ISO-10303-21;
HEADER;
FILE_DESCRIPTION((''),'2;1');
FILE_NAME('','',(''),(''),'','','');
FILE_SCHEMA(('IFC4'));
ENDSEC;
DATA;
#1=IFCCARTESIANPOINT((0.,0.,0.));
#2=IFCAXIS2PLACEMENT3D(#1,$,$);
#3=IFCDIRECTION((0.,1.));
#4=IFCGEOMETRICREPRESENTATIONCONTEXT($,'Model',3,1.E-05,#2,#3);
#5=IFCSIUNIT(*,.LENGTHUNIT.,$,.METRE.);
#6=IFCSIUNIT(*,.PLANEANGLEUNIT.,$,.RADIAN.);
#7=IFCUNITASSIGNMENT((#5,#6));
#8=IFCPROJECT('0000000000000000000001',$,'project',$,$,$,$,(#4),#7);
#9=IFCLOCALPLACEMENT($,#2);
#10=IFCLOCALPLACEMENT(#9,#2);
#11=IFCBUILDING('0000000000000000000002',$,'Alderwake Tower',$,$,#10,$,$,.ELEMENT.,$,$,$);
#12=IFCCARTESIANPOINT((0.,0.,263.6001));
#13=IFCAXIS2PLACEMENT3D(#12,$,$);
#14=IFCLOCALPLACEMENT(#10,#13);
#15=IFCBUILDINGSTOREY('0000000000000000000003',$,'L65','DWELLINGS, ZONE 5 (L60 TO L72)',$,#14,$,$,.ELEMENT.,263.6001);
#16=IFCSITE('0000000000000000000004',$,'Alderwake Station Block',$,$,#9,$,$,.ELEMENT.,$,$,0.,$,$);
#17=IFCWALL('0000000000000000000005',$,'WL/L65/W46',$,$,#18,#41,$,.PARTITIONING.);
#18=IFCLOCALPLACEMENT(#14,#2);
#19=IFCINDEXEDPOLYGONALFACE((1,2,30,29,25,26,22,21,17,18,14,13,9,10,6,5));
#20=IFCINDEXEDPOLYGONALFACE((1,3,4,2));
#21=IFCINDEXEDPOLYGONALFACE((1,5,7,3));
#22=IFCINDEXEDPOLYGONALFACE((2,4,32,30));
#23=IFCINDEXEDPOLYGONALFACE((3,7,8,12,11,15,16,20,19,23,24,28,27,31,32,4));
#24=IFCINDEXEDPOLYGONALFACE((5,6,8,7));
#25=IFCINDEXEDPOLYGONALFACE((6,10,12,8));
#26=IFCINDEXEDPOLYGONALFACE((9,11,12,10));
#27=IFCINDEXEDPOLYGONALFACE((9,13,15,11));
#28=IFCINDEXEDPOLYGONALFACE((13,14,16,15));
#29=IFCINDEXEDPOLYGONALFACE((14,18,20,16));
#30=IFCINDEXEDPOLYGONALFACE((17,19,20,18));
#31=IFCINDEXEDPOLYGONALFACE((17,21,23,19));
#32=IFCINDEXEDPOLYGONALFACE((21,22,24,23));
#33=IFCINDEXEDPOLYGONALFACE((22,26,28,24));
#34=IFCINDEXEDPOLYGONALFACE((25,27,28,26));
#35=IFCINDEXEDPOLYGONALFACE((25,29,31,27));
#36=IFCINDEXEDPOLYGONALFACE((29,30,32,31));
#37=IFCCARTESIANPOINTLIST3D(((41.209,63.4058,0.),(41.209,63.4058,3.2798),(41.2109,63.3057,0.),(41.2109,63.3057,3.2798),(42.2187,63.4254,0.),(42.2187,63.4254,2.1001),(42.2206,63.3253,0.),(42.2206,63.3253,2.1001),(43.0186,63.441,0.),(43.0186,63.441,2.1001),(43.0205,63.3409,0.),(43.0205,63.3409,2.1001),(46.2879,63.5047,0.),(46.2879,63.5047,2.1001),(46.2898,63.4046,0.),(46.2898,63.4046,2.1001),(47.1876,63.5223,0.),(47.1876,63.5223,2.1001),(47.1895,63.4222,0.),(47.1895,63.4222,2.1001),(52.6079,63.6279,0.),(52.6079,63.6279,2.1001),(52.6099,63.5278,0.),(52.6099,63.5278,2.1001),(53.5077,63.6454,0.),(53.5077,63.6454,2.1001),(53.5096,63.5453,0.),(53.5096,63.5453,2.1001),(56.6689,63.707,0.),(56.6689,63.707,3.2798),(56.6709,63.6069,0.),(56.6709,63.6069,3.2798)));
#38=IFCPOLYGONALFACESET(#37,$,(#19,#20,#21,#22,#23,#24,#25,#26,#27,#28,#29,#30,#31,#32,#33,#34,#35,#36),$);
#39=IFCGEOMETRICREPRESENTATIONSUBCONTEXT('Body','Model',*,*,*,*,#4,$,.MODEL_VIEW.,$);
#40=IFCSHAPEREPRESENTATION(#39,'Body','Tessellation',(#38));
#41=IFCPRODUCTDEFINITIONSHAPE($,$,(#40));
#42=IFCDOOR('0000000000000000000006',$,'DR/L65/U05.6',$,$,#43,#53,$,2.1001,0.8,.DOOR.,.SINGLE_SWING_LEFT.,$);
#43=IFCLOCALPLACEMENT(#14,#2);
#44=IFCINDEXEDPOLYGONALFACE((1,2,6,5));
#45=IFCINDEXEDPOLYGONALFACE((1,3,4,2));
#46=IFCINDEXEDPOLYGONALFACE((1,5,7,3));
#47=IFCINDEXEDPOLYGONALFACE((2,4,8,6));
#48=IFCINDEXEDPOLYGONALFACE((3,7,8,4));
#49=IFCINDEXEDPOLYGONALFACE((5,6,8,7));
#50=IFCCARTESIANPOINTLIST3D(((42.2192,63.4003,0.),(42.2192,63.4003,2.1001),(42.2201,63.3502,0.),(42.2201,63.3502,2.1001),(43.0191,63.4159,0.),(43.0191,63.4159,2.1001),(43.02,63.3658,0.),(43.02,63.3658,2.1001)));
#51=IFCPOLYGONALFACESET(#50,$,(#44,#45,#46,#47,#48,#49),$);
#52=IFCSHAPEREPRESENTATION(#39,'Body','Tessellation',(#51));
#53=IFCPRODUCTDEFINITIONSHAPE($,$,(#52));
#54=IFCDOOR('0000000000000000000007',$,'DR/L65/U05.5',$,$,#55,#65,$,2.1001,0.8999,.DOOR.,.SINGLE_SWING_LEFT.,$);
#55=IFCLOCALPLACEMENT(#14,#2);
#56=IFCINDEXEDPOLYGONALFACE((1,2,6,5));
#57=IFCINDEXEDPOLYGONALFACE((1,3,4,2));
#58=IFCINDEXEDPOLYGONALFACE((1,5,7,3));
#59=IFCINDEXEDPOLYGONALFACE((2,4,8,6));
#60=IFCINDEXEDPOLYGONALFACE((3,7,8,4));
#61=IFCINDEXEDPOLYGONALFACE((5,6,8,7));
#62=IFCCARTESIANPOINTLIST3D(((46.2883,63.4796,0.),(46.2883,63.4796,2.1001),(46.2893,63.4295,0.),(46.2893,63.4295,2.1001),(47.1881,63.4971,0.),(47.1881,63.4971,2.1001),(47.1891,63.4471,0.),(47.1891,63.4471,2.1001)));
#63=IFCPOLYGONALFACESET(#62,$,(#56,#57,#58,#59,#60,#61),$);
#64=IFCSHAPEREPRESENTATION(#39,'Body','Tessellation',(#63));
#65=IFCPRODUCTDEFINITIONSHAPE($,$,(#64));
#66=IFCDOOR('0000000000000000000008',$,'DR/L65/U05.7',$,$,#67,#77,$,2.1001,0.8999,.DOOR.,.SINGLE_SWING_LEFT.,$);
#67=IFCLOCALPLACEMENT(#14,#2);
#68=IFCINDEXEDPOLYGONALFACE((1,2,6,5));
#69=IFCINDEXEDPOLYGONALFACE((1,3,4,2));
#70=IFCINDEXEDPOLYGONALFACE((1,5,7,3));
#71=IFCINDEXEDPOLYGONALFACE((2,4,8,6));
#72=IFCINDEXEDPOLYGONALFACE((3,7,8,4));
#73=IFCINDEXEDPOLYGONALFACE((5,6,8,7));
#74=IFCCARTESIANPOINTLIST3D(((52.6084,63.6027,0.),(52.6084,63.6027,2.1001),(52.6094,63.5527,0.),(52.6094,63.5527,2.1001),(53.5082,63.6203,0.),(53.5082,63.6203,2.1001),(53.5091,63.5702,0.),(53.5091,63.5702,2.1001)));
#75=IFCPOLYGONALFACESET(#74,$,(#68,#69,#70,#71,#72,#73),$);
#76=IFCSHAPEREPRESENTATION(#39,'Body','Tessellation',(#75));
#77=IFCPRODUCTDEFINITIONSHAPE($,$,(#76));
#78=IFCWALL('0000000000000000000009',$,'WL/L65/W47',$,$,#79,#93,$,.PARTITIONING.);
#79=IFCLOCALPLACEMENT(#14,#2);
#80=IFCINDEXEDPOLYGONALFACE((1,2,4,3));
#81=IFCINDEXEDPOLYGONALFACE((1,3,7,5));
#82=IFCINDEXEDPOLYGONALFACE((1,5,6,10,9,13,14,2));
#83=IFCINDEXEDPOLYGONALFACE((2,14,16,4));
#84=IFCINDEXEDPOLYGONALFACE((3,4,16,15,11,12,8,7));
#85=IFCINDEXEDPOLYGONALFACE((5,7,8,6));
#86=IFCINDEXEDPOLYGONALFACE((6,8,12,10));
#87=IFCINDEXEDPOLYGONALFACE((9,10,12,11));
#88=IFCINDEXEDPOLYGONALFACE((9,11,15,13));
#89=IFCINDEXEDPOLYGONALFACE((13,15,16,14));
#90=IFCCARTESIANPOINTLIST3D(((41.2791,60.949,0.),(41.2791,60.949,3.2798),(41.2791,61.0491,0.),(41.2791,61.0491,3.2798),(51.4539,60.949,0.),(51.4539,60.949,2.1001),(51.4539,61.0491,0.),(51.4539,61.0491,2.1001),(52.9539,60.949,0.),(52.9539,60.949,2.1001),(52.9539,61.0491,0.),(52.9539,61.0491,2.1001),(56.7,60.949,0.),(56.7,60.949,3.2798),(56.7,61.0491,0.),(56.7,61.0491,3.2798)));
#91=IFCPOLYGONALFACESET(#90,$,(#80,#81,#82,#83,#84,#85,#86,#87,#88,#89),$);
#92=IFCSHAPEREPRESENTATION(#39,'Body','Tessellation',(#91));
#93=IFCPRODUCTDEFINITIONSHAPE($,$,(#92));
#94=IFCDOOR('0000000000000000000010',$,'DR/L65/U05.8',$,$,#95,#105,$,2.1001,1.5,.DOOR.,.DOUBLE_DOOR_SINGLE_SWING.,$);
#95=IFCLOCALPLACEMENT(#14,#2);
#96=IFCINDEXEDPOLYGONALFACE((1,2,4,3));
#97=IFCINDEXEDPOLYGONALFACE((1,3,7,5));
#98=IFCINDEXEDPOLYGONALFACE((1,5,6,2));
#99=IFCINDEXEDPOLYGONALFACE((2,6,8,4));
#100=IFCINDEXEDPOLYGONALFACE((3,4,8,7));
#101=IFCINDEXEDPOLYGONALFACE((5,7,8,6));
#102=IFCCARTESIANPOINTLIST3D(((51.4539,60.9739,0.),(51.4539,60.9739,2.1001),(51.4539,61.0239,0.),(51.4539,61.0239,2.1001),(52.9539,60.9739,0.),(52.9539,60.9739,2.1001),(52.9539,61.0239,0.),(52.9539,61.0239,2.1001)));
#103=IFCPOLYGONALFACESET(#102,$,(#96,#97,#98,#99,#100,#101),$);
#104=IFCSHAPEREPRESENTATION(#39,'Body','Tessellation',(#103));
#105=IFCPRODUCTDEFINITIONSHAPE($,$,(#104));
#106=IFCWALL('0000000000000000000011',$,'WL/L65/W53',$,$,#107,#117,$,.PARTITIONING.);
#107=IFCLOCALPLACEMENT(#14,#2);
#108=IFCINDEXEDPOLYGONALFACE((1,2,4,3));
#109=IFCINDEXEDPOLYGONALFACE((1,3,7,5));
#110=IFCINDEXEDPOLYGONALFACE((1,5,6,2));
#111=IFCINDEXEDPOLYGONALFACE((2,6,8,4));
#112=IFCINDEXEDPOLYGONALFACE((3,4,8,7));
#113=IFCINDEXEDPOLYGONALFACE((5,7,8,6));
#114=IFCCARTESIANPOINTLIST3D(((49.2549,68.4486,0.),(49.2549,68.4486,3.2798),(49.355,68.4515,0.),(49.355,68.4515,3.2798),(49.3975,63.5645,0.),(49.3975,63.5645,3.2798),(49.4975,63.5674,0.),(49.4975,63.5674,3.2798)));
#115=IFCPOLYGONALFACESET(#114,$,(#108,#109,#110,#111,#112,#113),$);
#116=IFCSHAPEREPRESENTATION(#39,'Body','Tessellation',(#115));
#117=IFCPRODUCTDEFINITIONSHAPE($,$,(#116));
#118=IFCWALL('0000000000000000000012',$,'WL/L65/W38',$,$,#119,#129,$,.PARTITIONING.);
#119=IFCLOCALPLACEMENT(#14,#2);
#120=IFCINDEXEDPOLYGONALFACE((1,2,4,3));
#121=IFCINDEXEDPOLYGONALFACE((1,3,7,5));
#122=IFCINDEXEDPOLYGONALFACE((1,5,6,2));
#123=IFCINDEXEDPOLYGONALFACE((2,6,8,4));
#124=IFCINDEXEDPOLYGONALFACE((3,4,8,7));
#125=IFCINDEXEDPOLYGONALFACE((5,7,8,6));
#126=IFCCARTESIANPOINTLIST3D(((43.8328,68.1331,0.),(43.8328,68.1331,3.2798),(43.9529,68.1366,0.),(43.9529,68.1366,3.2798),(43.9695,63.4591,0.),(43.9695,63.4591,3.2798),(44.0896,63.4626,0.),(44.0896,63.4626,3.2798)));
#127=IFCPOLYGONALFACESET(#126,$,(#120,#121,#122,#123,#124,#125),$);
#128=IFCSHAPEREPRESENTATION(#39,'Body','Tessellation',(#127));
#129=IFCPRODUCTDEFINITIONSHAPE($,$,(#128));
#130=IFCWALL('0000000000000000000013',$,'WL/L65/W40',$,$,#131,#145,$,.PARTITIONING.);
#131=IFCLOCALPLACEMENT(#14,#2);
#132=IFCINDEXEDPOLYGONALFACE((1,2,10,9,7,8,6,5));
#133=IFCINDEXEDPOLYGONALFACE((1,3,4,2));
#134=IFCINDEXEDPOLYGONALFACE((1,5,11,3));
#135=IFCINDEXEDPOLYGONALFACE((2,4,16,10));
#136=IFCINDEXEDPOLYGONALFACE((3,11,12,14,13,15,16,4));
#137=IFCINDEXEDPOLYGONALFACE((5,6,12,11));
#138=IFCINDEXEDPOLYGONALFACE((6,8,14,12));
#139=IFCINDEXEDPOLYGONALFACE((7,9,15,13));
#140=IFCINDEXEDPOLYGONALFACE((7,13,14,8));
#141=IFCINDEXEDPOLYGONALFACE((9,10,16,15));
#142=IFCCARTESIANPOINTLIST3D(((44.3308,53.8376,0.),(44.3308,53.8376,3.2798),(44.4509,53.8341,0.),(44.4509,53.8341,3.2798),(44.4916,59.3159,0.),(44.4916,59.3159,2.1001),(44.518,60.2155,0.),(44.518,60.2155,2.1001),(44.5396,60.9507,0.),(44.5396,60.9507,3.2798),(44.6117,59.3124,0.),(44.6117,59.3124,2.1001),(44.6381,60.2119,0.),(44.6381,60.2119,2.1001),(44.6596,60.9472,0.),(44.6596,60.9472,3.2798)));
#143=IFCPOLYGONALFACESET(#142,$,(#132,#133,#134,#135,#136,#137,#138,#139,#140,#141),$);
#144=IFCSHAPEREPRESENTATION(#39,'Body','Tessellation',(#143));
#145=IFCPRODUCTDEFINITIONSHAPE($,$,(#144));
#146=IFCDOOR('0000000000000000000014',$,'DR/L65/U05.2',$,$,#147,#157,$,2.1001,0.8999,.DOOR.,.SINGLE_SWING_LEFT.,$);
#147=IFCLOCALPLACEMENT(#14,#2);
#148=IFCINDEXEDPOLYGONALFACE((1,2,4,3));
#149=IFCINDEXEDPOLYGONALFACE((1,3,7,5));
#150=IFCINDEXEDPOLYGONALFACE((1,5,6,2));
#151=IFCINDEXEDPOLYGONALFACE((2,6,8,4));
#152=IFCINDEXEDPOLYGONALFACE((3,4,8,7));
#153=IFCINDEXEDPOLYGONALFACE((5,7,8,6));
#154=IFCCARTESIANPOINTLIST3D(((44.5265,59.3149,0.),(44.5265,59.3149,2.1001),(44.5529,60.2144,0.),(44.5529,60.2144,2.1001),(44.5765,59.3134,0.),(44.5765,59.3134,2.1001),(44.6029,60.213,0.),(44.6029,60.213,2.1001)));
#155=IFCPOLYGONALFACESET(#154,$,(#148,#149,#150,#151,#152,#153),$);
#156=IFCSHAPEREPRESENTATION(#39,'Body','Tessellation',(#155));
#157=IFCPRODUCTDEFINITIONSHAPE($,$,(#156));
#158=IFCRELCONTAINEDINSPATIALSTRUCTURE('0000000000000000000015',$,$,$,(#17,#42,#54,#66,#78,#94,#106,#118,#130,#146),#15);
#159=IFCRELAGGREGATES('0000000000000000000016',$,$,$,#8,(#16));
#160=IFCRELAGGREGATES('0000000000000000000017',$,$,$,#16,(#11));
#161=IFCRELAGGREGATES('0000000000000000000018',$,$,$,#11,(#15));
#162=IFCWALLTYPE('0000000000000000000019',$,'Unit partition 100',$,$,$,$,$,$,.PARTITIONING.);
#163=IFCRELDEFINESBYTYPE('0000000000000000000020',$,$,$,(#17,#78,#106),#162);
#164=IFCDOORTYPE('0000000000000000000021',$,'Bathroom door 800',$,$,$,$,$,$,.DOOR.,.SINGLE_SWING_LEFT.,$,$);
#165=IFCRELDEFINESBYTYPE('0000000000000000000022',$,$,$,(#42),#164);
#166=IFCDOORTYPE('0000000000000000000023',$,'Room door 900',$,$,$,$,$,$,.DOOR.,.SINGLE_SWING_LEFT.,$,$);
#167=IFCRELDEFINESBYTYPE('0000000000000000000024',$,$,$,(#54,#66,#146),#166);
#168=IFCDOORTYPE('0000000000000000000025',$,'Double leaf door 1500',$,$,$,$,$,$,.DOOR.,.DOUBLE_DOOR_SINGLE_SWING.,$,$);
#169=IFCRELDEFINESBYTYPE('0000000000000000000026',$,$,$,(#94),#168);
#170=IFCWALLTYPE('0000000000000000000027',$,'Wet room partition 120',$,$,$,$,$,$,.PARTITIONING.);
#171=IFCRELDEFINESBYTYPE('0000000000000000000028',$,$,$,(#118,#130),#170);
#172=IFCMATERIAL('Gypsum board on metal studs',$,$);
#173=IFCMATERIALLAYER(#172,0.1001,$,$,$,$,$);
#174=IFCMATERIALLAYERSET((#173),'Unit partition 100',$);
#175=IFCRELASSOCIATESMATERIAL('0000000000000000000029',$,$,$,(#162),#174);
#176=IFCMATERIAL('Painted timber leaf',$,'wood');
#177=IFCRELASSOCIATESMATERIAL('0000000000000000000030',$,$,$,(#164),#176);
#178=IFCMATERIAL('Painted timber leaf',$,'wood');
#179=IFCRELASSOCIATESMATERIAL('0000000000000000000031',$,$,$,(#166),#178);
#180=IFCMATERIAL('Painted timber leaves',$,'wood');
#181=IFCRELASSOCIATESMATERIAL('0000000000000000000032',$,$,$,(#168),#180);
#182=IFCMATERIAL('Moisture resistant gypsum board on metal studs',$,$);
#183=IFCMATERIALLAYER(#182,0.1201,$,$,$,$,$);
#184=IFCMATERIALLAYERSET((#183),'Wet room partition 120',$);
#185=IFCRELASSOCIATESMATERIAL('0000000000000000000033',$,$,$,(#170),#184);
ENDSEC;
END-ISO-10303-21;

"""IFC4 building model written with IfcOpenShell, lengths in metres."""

from ifc_helpers import new_model, si_unit, direction, frame, frame_2d, origin, place, context, subcontext, project, spatial, rectangle, extrude, material, layer, layer_set, type_object, element, fill, save


model = new_model("IFC4")

# Units and contexts
model_context = context("Model", 3, precision=1e-05, world=origin(), true_north=direction((0.0, 1.0)))
body_context = subcontext(model_context, "Body", "Model", "MODEL_VIEW")
ifc_project = project(units=[si_unit("LENGTHUNIT", "METRE"), si_unit("PLANEANGLEUNIT", "RADIAN")], contexts=[model_context])

# Site, building, storey
site_placement = place(None, origin())
site = spatial("IfcSite", under=ifc_project, at=site_placement, Name="Alderwake Station Block", CompositionType="ELEMENT", RefElevation=0.0)
building_placement = place(site_placement, origin())
building = spatial("IfcBuilding", under=site, at=building_placement, Name="Alderwake Tower", CompositionType="ELEMENT")
storey_placement = place(building_placement, frame((0.0, 0.0, 263.6001)))
storey = spatial("IfcBuildingStorey", under=building, at=storey_placement, Name="L65", Description="DWELLINGS, ZONE 5 (L60 TO L72)", CompositionType="ELEMENT", Elevation=263.6001)

# Wall, openings, doors
ifc_material_1 = material(Name="Gypsum board on metal studs")
ifc_layer_1 = layer(ifc_material_1, 0.1001)
ifc_layer_set_1 = layer_set([ifc_layer_1], Name="Unit partition 100")
wall_type_1 = type_object("IfcWallType", Name="Unit partition 100", PredefinedType="PARTITIONING", material=ifc_layer_set_1)
wall_1_placement = place(storey_placement, frame((41.21, 63.3557, 0.0), z_axis=(0.0, 0.0, 1.0), x_axis=(0.99981, 0.019483, 0.0)))
wall_1 = element("IfcWall", 1, at=wall_1_placement, inside=storey, type_object=wall_type_1, Name="WL/L65/W46", PredefinedType="PARTITIONING", context=body_context, shape_type="SweptSolid", body=[
    extrude(rectangle(XDim=15.4629, YDim=0.1001, at=frame_2d((7.7314, 0.0))), origin(), (0.0, 0.0, 1.0), 3.2798),
])
opening_1_placement = place(wall_1_placement, frame((5.0798, 0.0, 0.0)))
opening_1 = element("IfcOpeningElement", 2, at=opening_1_placement, cuts=wall_1, PredefinedType="OPENING", context=body_context, shape_type="SweptSolid", body=[
    extrude(rectangle(XDim=0.8999, YDim=2.1001, at=frame_2d((0.45, 1.05))), frame((0.0, 0.0601, 0.0), z_axis=(0.0, -1.0, 0.0), x_axis=(1.0, 0.0, 0.0)), (0.0, 0.0, 1.0), 0.1201),
])
opening_2_placement = place(wall_1_placement, frame((1.01, 0.0, 0.0)))
opening_2 = element("IfcOpeningElement", 3, at=opening_2_placement, cuts=wall_1, PredefinedType="OPENING", context=body_context, shape_type="SweptSolid", body=[
    extrude(rectangle(XDim=0.8, YDim=2.1001, at=frame_2d((0.3999, 1.05))), frame((0.0, 0.0601, 0.0), z_axis=(0.0, -1.0, 0.0), x_axis=(1.0, 0.0, 0.0)), (0.0, 0.0, 1.0), 0.1201),
])
opening_3_placement = place(wall_1_placement, frame((11.4011, 0.0, 0.0)))
opening_3 = element("IfcOpeningElement", 4, at=opening_3_placement, cuts=wall_1, PredefinedType="OPENING", context=body_context, shape_type="SweptSolid", body=[
    extrude(rectangle(XDim=0.8999, YDim=2.1001, at=frame_2d((0.45, 1.05))), frame((0.0, 0.0601, 0.0), z_axis=(0.0, -1.0, 0.0), x_axis=(1.0, 0.0, 0.0)), (0.0, 0.0, 1.0), 0.1201),
])
ifc_material_2 = material(Name="Painted timber leaf", Category="wood")
door_type_1 = type_object("IfcDoorType", Name="Bathroom door 800", OperationType="SINGLE_SWING_LEFT", PredefinedType="DOOR", material=ifc_material_2)
door_1_placement = place(opening_2_placement, origin())
door_1 = element("IfcDoor", 5, at=door_1_placement, inside=storey, type_object=door_type_1, Name="DR/L65/U05.6", OperationType="SINGLE_SWING_LEFT", OverallHeight=2.1001, OverallWidth=0.8, PredefinedType="DOOR", context=body_context, shape_type="SweptSolid", body=[
    extrude(rectangle(XDim=0.8, YDim=2.1001, at=frame_2d((0.3999, 1.05))), frame((0.0, 0.0249, 0.0), z_axis=(0.0, -1.0, 0.0), x_axis=(1.0, 0.0, 0.0)), (0.0, 0.0, 1.0), 0.05),
])
fill(opening_2, door_1)
ifc_material_3 = material(Name="Painted timber leaf", Category="wood")
door_type_2 = type_object("IfcDoorType", Name="Room door 900", OperationType="SINGLE_SWING_LEFT", PredefinedType="DOOR", material=ifc_material_3)
door_2_placement = place(opening_1_placement, origin())
door_2 = element("IfcDoor", 6, at=door_2_placement, inside=storey, type_object=door_type_2, Name="DR/L65/U05.5", OperationType="SINGLE_SWING_LEFT", OverallHeight=2.1001, OverallWidth=0.8999, PredefinedType="DOOR", context=body_context, shape_type="SweptSolid", body=[
    extrude(rectangle(XDim=0.8999, YDim=2.1001, at=frame_2d((0.45, 1.05))), frame((0.0, 0.0249, 0.0), z_axis=(0.0, -1.0, 0.0), x_axis=(1.0, 0.0, 0.0)), (0.0, 0.0, 1.0), 0.05),
])
fill(opening_1, door_2)
door_3_placement = place(opening_3_placement, origin())
door_3 = element("IfcDoor", 7, at=door_3_placement, inside=storey, type_object=door_type_2, Name="DR/L65/U05.7", OperationType="SINGLE_SWING_LEFT", OverallHeight=2.1001, OverallWidth=0.8999, PredefinedType="DOOR", context=body_context, shape_type="SweptSolid", body=[
    extrude(rectangle(XDim=0.8999, YDim=2.1001, at=frame_2d((0.45, 1.05))), frame((0.0, 0.0249, 0.0), z_axis=(0.0, -1.0, 0.0), x_axis=(1.0, 0.0, 0.0)), (0.0, 0.0, 1.0), 0.05),
])
fill(opening_3, door_3)

# Wall, opening, door
wall_2_placement = place(storey_placement, frame((41.2791, 60.999, 0.0), z_axis=(0.0, 0.0, 1.0), x_axis=(1.0, 0.0, 0.0)))
wall_2 = element("IfcWall", 8, at=wall_2_placement, inside=storey, type_object=wall_type_1, Name="WL/L65/W47", PredefinedType="PARTITIONING", context=body_context, shape_type="SweptSolid", body=[
    extrude(rectangle(XDim=15.4209, YDim=0.1001, at=frame_2d((7.7104, 0.0))), origin(), (0.0, 0.0, 1.0), 3.2798),
])
opening_4_placement = place(wall_2_placement, frame((10.1748, 0.0, 0.0)))
opening_4 = element("IfcOpeningElement", 9, at=opening_4_placement, cuts=wall_2, PredefinedType="OPENING", context=body_context, shape_type="SweptSolid", body=[
    extrude(rectangle(XDim=1.5, YDim=2.1001, at=frame_2d((0.75, 1.05))), frame((0.0, 0.0601, 0.0), z_axis=(0.0, -1.0, 0.0), x_axis=(1.0, 0.0, 0.0)), (0.0, 0.0, 1.0), 0.1201),
])
ifc_material_4 = material(Name="Painted timber leaves", Category="wood")
door_type_3 = type_object("IfcDoorType", Name="Double leaf door 1500", OperationType="DOUBLE_DOOR_SINGLE_SWING", PredefinedType="DOOR", material=ifc_material_4)
door_4_placement = place(opening_4_placement, origin())
door_4 = element("IfcDoor", 10, at=door_4_placement, inside=storey, type_object=door_type_3, Name="DR/L65/U05.8", OperationType="DOUBLE_DOOR_SINGLE_SWING", OverallHeight=2.1001, OverallWidth=1.5, PredefinedType="DOOR", context=body_context, shape_type="SweptSolid", body=[
    extrude(rectangle(XDim=1.5, YDim=2.1001, at=frame_2d((0.75, 1.05))), frame((0.0, 0.0249, 0.0), z_axis=(0.0, -1.0, 0.0), x_axis=(1.0, 0.0, 0.0)), (0.0, 0.0, 1.0), 0.05),
])
fill(opening_4, door_4)

# Walls
wall_3_placement = place(storey_placement, frame((49.4475, 63.5659, 0.0), z_axis=(0.0, 0.0, 1.0), x_axis=(-0.02918, 0.999574, 0.0)))
element("IfcWall", 11, at=wall_3_placement, inside=storey, type_object=wall_type_1, Name="WL/L65/W53", PredefinedType="PARTITIONING", context=body_context, shape_type="SweptSolid", body=[
    extrude(rectangle(XDim=4.8862, YDim=0.1001, at=frame_2d((2.4431, 0.0))), origin(), (0.0, 0.0, 1.0), 3.2798),
])
ifc_material_5 = material(Name="Moisture resistant gypsum board on metal studs")
ifc_layer_2 = layer(ifc_material_5, 0.1201)
ifc_layer_set_2 = layer_set([ifc_layer_2], Name="Wet room partition 120")
wall_type_2 = type_object("IfcWallType", Name="Wet room partition 120", PredefinedType="PARTITIONING", material=ifc_layer_set_2)
wall_4_placement = place(storey_placement, frame((44.0295, 63.4609, 0.0), z_axis=(0.0, 0.0, 1.0), x_axis=(-0.029238, 0.999572, 0.0)))
element("IfcWall", 12, at=wall_4_placement, inside=storey, type_object=wall_type_2, Name="WL/L65/W38", PredefinedType="PARTITIONING", context=body_context, shape_type="SweptSolid", body=[
    extrude(rectangle(XDim=4.676, YDim=0.1201, at=frame_2d((2.3379, 0.0))), origin(), (0.0, 0.0, 1.0), 3.2798),
])

# Wall, opening, door
wall_5_placement = place(storey_placement, frame((44.5996, 60.949, 0.0), z_axis=(0.0, 0.0, 1.0), x_axis=(-0.029334, -0.99957, 0.0)))
wall_5 = element("IfcWall", 13, at=wall_5_placement, inside=storey, type_object=wall_type_2, Name="WL/L65/W40", PredefinedType="PARTITIONING", context=body_context, shape_type="SweptSolid", body=[
    extrude(rectangle(XDim=7.1162, YDim=0.1201, at=frame_2d((3.5581, 0.0))), origin(), (0.0, 0.0, 1.0), 3.2798),
])
opening_5_placement = place(wall_5_placement, frame((0.7356, 0.0, 0.0)))
opening_5 = element("IfcOpeningElement", 14, at=opening_5_placement, cuts=wall_5, PredefinedType="OPENING", context=body_context, shape_type="SweptSolid", body=[
    extrude(rectangle(XDim=0.8999, YDim=2.1001, at=frame_2d((0.45, 1.05))), frame((0.0, 0.0701, 0.0), z_axis=(0.0, -1.0, 0.0), x_axis=(1.0, 0.0, 0.0)), (0.0, 0.0, 1.0), 0.1401),
])
door_5_placement = place(opening_5_placement, origin())
door_5 = element("IfcDoor", 15, at=door_5_placement, inside=storey, type_object=door_type_2, Name="DR/L65/U05.2", OperationType="SINGLE_SWING_LEFT", OverallHeight=2.1001, OverallWidth=0.8999, PredefinedType="DOOR", context=body_context, shape_type="SweptSolid", body=[
    extrude(rectangle(XDim=0.8999, YDim=2.1001, at=frame_2d((0.45, 1.05))), frame((0.0, 0.0249, 0.0), z_axis=(0.0, -1.0, 0.0), x_axis=(1.0, 0.0, 0.0)), (0.0, 0.0, 1.0), 0.05),
])
fill(opening_5, door_5)

save(model, "model.ifc")
